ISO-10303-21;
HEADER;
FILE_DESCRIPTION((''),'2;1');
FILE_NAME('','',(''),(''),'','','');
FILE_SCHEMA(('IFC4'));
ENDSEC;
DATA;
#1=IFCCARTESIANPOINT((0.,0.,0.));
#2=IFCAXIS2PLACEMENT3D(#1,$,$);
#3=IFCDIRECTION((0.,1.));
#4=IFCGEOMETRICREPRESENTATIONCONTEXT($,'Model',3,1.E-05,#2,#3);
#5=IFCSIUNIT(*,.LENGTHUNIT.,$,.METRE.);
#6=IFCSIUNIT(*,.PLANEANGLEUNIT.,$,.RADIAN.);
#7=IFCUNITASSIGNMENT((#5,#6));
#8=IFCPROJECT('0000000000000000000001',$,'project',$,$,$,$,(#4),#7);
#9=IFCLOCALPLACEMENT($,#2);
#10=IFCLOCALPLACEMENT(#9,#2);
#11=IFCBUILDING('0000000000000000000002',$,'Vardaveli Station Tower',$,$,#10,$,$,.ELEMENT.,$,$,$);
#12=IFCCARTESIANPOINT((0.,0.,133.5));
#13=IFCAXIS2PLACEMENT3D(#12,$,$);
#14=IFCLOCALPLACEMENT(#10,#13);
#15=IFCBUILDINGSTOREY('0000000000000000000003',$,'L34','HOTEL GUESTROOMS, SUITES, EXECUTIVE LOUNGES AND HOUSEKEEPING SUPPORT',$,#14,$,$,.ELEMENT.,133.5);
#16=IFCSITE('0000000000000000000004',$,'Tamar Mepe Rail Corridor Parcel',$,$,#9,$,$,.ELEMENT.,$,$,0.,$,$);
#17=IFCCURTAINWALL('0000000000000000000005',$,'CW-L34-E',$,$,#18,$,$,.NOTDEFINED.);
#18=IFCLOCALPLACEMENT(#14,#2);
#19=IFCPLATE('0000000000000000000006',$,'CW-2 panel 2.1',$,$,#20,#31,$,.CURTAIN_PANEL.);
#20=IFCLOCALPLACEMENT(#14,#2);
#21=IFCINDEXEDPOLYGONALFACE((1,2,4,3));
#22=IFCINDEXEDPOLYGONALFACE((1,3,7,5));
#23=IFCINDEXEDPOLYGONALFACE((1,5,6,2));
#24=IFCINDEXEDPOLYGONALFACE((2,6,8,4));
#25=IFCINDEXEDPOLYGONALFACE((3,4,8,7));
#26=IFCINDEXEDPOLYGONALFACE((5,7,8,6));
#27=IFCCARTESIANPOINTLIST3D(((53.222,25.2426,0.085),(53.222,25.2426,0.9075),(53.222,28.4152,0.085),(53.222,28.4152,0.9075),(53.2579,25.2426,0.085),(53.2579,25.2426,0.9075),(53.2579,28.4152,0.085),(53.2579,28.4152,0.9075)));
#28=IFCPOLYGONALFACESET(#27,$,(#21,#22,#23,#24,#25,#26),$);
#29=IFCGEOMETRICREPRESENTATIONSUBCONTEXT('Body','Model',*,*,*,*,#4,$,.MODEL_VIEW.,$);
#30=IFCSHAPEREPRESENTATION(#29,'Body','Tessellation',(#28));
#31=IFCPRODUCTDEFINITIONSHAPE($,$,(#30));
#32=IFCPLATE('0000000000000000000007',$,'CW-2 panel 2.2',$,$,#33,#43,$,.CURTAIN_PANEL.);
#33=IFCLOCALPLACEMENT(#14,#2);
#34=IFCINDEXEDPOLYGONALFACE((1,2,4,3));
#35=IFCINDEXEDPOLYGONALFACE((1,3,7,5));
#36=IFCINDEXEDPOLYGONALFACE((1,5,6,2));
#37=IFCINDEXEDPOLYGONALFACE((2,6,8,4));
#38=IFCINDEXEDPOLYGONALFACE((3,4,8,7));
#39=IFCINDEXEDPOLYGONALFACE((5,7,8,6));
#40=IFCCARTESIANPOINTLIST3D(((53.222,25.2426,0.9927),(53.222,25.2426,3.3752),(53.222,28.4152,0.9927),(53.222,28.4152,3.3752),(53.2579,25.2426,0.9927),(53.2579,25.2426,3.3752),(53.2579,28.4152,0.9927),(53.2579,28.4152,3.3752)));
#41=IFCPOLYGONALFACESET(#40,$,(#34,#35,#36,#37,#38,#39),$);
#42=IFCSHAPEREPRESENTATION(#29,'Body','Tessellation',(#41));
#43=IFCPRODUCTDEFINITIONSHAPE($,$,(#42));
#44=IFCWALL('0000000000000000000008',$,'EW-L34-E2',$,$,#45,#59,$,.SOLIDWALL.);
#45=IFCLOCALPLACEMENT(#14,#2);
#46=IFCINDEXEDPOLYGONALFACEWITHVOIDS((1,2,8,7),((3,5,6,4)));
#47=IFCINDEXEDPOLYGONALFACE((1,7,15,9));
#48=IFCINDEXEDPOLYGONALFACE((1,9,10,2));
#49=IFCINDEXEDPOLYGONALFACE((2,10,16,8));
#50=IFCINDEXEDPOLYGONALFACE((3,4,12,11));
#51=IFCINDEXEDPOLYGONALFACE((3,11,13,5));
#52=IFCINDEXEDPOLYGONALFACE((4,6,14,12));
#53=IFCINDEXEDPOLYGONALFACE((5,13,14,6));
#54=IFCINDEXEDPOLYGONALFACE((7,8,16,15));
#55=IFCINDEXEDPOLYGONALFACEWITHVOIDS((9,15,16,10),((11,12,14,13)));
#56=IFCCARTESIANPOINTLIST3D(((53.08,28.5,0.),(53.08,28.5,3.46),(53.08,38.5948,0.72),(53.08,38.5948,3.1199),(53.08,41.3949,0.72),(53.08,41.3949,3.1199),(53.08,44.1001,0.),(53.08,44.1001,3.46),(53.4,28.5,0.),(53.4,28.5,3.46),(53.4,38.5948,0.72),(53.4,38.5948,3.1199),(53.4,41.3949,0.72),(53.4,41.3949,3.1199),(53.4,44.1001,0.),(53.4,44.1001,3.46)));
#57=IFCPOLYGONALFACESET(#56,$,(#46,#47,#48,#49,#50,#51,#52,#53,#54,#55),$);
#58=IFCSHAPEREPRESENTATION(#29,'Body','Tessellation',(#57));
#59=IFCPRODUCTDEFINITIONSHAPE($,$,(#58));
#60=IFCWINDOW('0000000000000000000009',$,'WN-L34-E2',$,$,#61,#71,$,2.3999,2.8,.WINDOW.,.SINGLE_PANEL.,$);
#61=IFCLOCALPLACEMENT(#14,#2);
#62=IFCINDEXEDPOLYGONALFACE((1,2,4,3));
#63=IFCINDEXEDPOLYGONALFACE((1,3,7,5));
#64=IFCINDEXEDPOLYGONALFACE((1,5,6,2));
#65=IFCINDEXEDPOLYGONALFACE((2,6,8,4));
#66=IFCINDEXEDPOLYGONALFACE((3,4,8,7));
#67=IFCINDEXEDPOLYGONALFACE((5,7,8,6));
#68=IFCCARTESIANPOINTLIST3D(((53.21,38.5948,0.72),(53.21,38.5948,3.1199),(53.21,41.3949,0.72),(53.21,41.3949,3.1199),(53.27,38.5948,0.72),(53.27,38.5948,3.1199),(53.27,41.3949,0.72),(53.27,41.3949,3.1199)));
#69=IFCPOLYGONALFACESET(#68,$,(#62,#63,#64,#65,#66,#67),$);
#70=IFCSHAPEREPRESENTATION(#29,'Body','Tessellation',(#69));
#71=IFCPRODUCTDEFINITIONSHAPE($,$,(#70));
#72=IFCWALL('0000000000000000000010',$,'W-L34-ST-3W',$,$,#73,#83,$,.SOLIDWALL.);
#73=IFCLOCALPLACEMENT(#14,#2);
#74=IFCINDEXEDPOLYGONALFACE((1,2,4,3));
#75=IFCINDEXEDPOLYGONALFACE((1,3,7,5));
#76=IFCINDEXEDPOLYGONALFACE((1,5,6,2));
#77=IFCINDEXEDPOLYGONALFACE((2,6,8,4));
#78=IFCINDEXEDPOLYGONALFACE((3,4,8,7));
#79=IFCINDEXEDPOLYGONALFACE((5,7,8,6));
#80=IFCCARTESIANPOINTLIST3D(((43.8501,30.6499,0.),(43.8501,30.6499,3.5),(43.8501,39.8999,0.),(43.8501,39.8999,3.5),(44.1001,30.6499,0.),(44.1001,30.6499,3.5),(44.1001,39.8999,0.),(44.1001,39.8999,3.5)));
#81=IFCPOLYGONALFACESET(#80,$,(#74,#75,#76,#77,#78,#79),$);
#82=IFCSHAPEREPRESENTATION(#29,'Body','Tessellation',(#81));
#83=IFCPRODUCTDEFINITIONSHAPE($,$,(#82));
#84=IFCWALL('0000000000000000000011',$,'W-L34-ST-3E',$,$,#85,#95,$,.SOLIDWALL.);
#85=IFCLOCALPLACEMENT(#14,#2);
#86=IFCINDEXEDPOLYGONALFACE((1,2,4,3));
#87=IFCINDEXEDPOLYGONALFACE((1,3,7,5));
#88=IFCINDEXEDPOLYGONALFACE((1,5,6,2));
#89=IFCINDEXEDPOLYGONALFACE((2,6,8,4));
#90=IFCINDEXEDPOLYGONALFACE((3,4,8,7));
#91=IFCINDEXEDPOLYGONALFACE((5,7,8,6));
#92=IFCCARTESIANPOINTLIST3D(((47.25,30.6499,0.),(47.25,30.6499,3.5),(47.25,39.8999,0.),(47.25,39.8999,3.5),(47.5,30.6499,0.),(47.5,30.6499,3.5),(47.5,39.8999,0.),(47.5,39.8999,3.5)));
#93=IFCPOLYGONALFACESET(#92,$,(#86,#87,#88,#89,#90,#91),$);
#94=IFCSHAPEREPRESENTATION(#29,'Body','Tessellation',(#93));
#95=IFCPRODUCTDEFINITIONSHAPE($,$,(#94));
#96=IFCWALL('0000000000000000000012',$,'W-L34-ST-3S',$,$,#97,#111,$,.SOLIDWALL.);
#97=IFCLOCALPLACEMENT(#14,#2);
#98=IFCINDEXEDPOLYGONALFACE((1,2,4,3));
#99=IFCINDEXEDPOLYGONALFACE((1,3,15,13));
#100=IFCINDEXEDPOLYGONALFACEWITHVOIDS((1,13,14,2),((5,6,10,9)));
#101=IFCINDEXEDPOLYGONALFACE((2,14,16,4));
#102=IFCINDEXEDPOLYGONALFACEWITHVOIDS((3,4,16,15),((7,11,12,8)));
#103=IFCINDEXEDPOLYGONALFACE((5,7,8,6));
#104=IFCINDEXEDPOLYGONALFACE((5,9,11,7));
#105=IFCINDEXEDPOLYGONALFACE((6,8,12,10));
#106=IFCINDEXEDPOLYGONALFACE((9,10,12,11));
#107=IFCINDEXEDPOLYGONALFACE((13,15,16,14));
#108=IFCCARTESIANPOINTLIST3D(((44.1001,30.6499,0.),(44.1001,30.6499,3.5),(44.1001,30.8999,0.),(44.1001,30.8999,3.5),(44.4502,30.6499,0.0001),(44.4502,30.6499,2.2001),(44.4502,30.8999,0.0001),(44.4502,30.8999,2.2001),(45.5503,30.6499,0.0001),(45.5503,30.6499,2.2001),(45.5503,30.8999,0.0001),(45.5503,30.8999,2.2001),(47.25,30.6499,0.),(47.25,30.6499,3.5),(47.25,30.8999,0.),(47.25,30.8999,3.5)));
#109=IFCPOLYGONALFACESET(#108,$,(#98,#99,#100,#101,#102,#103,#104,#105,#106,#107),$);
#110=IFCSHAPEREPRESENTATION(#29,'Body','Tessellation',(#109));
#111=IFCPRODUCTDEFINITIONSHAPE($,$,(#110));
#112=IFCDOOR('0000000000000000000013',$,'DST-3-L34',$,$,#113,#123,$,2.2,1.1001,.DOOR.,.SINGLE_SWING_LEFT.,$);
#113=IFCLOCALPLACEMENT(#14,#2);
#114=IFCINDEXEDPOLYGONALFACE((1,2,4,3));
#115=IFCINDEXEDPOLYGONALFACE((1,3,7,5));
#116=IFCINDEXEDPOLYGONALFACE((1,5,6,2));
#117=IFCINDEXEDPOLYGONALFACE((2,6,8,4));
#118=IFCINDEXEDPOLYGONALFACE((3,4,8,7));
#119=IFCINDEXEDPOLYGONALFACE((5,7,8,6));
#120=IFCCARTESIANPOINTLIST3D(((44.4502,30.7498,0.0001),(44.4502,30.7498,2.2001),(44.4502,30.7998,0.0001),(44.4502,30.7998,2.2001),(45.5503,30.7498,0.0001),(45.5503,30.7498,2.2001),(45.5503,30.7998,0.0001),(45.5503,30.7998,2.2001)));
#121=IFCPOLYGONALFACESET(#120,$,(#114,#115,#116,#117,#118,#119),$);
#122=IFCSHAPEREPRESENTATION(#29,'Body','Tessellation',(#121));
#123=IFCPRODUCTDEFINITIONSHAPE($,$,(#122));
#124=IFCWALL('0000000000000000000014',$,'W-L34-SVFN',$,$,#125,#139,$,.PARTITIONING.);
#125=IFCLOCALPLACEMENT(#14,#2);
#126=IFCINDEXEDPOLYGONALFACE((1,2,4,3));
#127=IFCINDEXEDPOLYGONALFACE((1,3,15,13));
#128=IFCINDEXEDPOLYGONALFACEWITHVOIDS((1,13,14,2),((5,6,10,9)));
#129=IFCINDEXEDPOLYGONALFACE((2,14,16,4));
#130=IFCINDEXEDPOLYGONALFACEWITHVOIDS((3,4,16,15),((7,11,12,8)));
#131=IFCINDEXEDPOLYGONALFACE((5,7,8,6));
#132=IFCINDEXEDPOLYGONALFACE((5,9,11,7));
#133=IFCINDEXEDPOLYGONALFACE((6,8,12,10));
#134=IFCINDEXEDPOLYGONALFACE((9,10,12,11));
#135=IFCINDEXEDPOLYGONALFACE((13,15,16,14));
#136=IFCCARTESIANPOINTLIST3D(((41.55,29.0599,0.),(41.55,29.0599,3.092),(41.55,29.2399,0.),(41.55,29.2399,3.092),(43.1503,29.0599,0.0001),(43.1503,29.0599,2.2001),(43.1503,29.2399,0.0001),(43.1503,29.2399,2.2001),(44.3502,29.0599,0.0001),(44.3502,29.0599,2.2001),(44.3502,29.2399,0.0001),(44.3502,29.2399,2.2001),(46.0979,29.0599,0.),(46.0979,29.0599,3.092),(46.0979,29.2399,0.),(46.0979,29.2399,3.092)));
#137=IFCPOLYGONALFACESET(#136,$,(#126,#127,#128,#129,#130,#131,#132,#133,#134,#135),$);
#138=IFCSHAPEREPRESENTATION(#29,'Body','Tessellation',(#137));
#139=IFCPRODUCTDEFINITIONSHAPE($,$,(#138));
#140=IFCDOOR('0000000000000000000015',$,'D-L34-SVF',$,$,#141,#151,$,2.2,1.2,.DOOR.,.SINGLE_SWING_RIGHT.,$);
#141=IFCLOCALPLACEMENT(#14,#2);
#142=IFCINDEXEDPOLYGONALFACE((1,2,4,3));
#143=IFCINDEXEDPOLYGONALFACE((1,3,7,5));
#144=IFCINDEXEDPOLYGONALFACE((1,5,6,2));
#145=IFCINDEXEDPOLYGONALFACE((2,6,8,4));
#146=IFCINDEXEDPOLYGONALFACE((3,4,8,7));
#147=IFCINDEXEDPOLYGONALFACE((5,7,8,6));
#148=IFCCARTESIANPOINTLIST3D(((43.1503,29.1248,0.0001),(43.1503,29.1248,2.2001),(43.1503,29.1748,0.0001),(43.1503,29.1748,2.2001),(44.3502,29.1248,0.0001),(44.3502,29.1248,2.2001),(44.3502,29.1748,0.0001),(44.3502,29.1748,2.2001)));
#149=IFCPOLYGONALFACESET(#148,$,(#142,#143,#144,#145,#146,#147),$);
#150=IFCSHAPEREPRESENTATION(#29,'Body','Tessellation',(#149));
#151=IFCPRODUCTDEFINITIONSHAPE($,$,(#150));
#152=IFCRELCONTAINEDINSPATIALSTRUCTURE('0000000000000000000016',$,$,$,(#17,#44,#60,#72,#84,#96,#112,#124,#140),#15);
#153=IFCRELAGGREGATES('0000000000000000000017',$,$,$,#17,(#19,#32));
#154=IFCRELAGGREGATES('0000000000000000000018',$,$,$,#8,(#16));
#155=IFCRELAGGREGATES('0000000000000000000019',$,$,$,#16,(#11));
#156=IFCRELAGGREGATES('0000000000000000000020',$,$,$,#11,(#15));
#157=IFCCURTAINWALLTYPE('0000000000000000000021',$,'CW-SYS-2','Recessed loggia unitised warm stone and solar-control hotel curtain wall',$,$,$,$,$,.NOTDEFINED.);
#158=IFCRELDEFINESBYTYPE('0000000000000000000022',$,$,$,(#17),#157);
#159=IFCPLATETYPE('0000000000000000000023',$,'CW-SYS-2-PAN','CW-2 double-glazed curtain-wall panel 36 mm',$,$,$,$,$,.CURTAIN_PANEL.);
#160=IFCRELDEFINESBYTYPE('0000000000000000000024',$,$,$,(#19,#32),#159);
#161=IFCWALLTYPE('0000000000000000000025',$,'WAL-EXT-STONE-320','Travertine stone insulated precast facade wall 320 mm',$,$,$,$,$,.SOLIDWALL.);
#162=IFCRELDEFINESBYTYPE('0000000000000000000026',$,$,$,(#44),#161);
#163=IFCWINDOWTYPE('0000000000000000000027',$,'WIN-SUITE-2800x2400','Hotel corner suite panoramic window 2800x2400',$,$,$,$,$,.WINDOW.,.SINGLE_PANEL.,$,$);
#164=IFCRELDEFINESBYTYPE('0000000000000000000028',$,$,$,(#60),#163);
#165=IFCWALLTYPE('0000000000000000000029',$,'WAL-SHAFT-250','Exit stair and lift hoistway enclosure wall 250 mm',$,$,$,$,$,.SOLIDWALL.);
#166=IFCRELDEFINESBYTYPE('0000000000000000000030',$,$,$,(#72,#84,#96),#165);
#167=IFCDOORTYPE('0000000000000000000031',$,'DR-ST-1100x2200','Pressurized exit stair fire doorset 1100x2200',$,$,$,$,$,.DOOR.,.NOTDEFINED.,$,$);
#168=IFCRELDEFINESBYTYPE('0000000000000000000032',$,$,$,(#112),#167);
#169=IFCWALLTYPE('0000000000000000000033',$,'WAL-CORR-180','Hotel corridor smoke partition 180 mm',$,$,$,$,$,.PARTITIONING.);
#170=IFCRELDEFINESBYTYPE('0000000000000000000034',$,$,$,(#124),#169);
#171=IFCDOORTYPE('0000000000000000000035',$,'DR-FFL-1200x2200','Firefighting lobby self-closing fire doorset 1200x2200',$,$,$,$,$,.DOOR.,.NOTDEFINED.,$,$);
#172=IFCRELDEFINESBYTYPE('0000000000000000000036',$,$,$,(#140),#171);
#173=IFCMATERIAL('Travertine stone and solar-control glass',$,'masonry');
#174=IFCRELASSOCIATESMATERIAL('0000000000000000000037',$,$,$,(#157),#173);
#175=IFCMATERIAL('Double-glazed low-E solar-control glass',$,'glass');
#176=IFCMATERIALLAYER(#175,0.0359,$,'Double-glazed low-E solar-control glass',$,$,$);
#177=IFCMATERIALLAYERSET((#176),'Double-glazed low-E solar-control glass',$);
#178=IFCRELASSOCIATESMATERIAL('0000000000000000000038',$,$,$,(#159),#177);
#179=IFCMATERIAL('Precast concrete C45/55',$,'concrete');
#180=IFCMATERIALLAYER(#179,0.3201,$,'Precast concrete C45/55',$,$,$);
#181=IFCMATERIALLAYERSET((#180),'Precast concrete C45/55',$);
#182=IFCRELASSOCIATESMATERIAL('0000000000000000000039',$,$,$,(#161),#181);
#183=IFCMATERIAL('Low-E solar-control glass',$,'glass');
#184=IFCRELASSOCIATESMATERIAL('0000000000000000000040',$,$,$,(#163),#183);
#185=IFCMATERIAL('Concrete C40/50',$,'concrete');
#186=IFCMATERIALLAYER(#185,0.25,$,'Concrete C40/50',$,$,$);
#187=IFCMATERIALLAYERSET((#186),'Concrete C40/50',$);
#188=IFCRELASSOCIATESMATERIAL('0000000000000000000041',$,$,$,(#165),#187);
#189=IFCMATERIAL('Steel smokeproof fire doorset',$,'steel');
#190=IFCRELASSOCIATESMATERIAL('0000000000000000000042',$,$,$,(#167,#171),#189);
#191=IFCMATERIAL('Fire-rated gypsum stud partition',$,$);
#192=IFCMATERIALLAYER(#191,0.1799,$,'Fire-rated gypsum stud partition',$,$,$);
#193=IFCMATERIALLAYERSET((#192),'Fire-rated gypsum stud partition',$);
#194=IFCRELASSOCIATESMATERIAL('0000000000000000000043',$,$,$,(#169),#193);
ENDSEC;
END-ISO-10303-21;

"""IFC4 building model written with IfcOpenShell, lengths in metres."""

from ifc_helpers import new_model, si_unit, direction, frame, frame_2d, origin, origin_2d, place, context, subcontext, project, spatial, rectangle, extrude, source, transform, mapped, material, layer, layer_set, type_object, element, fill, aggregate, save


model = new_model("IFC4")

# Units and contexts
model_context = context("Model", 3, precision=1e-05, world=origin(), true_north=direction((0.0, 1.0)))
body_context = subcontext(model_context, "Body", "Model", "MODEL_VIEW")
ifc_project = project(units=[si_unit("LENGTHUNIT", "METRE"), si_unit("PLANEANGLEUNIT", "RADIAN")], contexts=[model_context])

# Site, building, storey
site_placement = place(None, origin())
site = spatial("IfcSite", under=ifc_project, at=site_placement, Name="Tamar Mepe Rail Corridor Parcel", CompositionType="ELEMENT", RefElevation=0.0)
building_placement = place(site_placement, origin())
building = spatial("IfcBuilding", under=site, at=building_placement, Name="Vardaveli Station Tower", CompositionType="ELEMENT")
storey_placement = place(building_placement, frame((0.0, 0.0, 133.5)))
storey = spatial("IfcBuildingStorey", under=building, at=storey_placement, Name="L34", Description="HOTEL GUESTROOMS, SUITES, EXECUTIVE LOUNGES AND HOUSEKEEPING SUPPORT", CompositionType="ELEMENT", Elevation=133.5)

# Shared definitions
ifc_material_1 = material(Name="Precast concrete C45/55", Category="concrete")

# Curtain wall, plates
ifc_material_2 = material(Name="Travertine stone and solar-control glass", Category="masonry")
curtain_wall_type = type_object("IfcCurtainWallType", Name="CW-SYS-2", Description="Recessed loggia unitised warm stone and solar-control hotel curtain wall", PredefinedType="NOTDEFINED", material=ifc_material_2)
curtain_wall_placement = place(storey_placement, origin())
curtain_wall = element("IfcCurtainWall", 1, at=curtain_wall_placement, inside=storey, type_object=curtain_wall_type, Name="CW-L34-E", PredefinedType="NOTDEFINED")
ifc_material_3 = material(Name="Double-glazed low-E solar-control glass", Category="glass")
ifc_layer_1 = layer(ifc_material_3, 0.0359, Name="Double-glazed low-E solar-control glass")
ifc_layer_set_1 = layer_set([ifc_layer_1], Name="Double-glazed low-E solar-control glass")
plate_type = type_object("IfcPlateType", Name="CW-SYS-2-PAN", Description="CW-2 double-glazed curtain-wall panel 36 mm", PredefinedType="CURTAIN_PANEL", material=ifc_layer_set_1)
shared_shape_1 = source(origin(), body_context, "Body", "SweptSolid", [
    extrude(rectangle(XDim=3.1726, YDim=0.0359, at=origin_2d()), origin(), (0.0, 0.0, 1.0), 0.8225),
])
plate_1_placement = place(storey_placement, frame((53.24, 26.8289, 0.085), z_axis=(0.0, 0.0, 1.0), x_axis=(0.0, 1.0, 0.0)))
plate_1 = element("IfcPlate", 2, at=plate_1_placement, type_object=plate_type, Name="CW-2 panel 2.1", PredefinedType="CURTAIN_PANEL", context=body_context, shape_type="MappedRepresentation", body=[
    mapped(shared_shape_1, transform((0.0, 0.0, 0.0), scale=1.0)),
])
shared_shape_2 = source(origin(), body_context, "Body", "SweptSolid", [
    extrude(rectangle(XDim=3.1726, YDim=0.0359, at=origin_2d()), origin(), (0.0, 0.0, 1.0), 2.3826),
])
plate_2_placement = place(storey_placement, frame((53.24, 26.8289, 0.9927), z_axis=(0.0, 0.0, 1.0), x_axis=(0.0, 1.0, 0.0)))
plate_2 = element("IfcPlate", 3, at=plate_2_placement, type_object=plate_type, Name="CW-2 panel 2.2", PredefinedType="CURTAIN_PANEL", context=body_context, shape_type="MappedRepresentation", body=[
    mapped(shared_shape_2, transform((0.0, 0.0, 0.0), scale=1.0)),
])
aggregate(curtain_wall, [plate_1, plate_2])

# Wall, opening, window
ifc_layer_2 = layer(ifc_material_1, 0.3201, Name="Precast concrete C45/55")
ifc_layer_set_2 = layer_set([ifc_layer_2], Name="Precast concrete C45/55")
wall_type_1 = type_object("IfcWallType", Name="WAL-EXT-STONE-320", Description="Travertine stone insulated precast facade wall 320 mm", PredefinedType="SOLIDWALL", material=ifc_layer_set_2)
shared_shape_3 = source(origin(), body_context, "Body", "SweptSolid", [
    extrude(rectangle(XDim=15.6001, YDim=0.3201, at=frame_2d((7.8, 0.0))), origin(), (0.0, 0.0, 1.0), 3.46),
])
wall_1_placement = place(storey_placement, frame((53.24, 28.5, 0.0), z_axis=(0.0, 0.0, 1.0), x_axis=(0.0, 1.0, 0.0)))
wall_1 = element("IfcWall", 4, at=wall_1_placement, inside=storey, type_object=wall_type_1, Name="EW-L34-E2", PredefinedType="SOLIDWALL", context=body_context, shape_type="MappedRepresentation", body=[
    mapped(shared_shape_3, transform((0.0, 0.0, 0.0), scale=1.0)),
])
shared_shape_4 = source(origin(), body_context, "Body", "SweptSolid", [
    extrude(rectangle(XDim=2.8, YDim=2.3999, at=frame_2d((1.3999, 1.2))), frame((0.0, 0.1699, 0.0), z_axis=(0.0, -1.0, 0.0), x_axis=(1.0, 0.0, 0.0)), (0.0, 0.0, 1.0), 0.3401),
])
opening_1_placement = place(wall_1_placement, frame((10.095, 0.0, 0.72)))
opening_1 = element("IfcOpeningElement", 5, at=opening_1_placement, cuts=wall_1, PredefinedType="OPENING", context=body_context, shape_type="MappedRepresentation", body=[
    mapped(shared_shape_4, transform((0.0, 0.0, 0.0), scale=1.0)),
])
ifc_material_4 = material(Name="Low-E solar-control glass", Category="glass")
window_type = type_object("IfcWindowType", Name="WIN-SUITE-2800x2400", Description="Hotel corner suite panoramic window 2800x2400", PartitioningType="SINGLE_PANEL", PredefinedType="WINDOW", material=ifc_material_4)
shared_shape_5 = source(origin(), body_context, "Body", "SweptSolid", [
    extrude(rectangle(XDim=2.8, YDim=2.3999, at=frame_2d((1.3999, 1.2))), frame((0.0, 0.03, 0.0), z_axis=(0.0, -1.0, 0.0), x_axis=(1.0, 0.0, 0.0)), (0.0, 0.0, 1.0), 0.0601),
])
window_placement = place(opening_1_placement, origin())
window = element("IfcWindow", 6, at=window_placement, inside=storey, type_object=window_type, Name="WN-L34-E2", OverallHeight=2.3999, OverallWidth=2.8, PartitioningType="SINGLE_PANEL", PredefinedType="WINDOW", context=body_context, shape_type="MappedRepresentation", body=[
    mapped(shared_shape_5, transform((0.0, 0.0, 0.0), scale=1.0)),
])
fill(opening_1, window)

# Walls
ifc_material_5 = material(Name="Concrete C40/50", Category="concrete")
ifc_layer_3 = layer(ifc_material_5, 0.25, Name="Concrete C40/50")
ifc_layer_set_3 = layer_set([ifc_layer_3], Name="Concrete C40/50")
wall_type_2 = type_object("IfcWallType", Name="WAL-SHAFT-250", Description="Exit stair and lift hoistway enclosure wall 250 mm", PredefinedType="SOLIDWALL", material=ifc_layer_set_3)
shared_shape_6 = source(origin(), body_context, "Body", "SweptSolid", [
    extrude(rectangle(XDim=9.25, YDim=0.25, at=frame_2d((4.625, 0.0))), origin(), (0.0, 0.0, 1.0), 3.5),
])
for number, where, z_axis, x_axis, name in (
    (7, (43.9751, 30.6499, 0.0), (0.0, 0.0, 1.0), (0.0, 1.0, 0.0), "W-L34-ST-3W"),
    (8, (47.375, 30.6499, 0.0), (0.0, 0.0, 1.0), (0.0, 1.0, 0.0), "W-L34-ST-3E"),
):
    element("IfcWall", number, at=place(storey_placement, frame(where, z_axis=z_axis, x_axis=x_axis)), inside=storey, type_object=wall_type_2, Name=name, PredefinedType="SOLIDWALL", context=body_context, shape_type="MappedRepresentation", body=[
        mapped(shared_shape_6, transform((0.0, 0.0, 0.0), scale=1.0)),
    ])

# Walls, openings, doors
shared_shape_7 = source(origin(), body_context, "Body", "SweptSolid", [
    extrude(rectangle(XDim=3.1499, YDim=0.25, at=frame_2d((1.575, 0.0))), origin(), (0.0, 0.0, 1.0), 3.5),
])
wall_2_placement = place(storey_placement, frame((44.1001, 30.7749, 0.0), z_axis=(0.0, 0.0, 1.0), x_axis=(1.0, 0.0, 0.0)))
wall_2 = element("IfcWall", 9, at=wall_2_placement, inside=storey, type_object=wall_type_2, Name="W-L34-ST-3S", PredefinedType="SOLIDWALL", context=body_context, shape_type="MappedRepresentation", body=[
    mapped(shared_shape_7, transform((0.0, 0.0, 0.0), scale=1.0)),
])
shared_shape_8 = source(origin(), body_context, "Body", "SweptSolid", [
    extrude(rectangle(XDim=1.1001, YDim=2.2, at=frame_2d((0.55, 1.1001))), frame((0.0, 0.135, 0.0), z_axis=(0.0, -1.0, 0.0), x_axis=(1.0, 0.0, 0.0)), (0.0, 0.0, 1.0), 0.27),
])
opening_2_placement = place(wall_2_placement, frame((0.3501, 0.0, 0.0)))
opening_2 = element("IfcOpeningElement", 10, at=opening_2_placement, cuts=wall_2, PredefinedType="OPENING", context=body_context, shape_type="MappedRepresentation", body=[
    mapped(shared_shape_8, transform((0.0, 0.0, 0.0), scale=1.0)),
])
ifc_material_6 = material(Name="Steel smokeproof fire doorset", Category="steel")
door_type_1 = type_object("IfcDoorType", Name="DR-ST-1100x2200", Description="Pressurized exit stair fire doorset 1100x2200", OperationType="NOTDEFINED", PredefinedType="DOOR", material=ifc_material_6)
shared_shape_9 = source(origin(), body_context, "Body", "SweptSolid", [
    extrude(rectangle(XDim=1.1001, YDim=2.2, at=frame_2d((0.55, 1.1001))), frame((0.0, 0.0249, 0.0), z_axis=(0.0, -1.0, 0.0), x_axis=(1.0, 0.0, 0.0)), (0.0, 0.0, 1.0), 0.05),
])
door_1_placement = place(opening_2_placement, origin())
door_1 = element("IfcDoor", 11, at=door_1_placement, inside=storey, type_object=door_type_1, Name="DST-3-L34", OperationType="SINGLE_SWING_LEFT", OverallHeight=2.2, OverallWidth=1.1001, PredefinedType="DOOR", context=body_context, shape_type="MappedRepresentation", body=[
    mapped(shared_shape_9, transform((0.0, 0.0, 0.0), scale=1.0)),
])
fill(opening_2, door_1)
ifc_material_7 = material(Name="Fire-rated gypsum stud partition")
ifc_layer_4 = layer(ifc_material_7, 0.1799, Name="Fire-rated gypsum stud partition")
ifc_layer_set_4 = layer_set([ifc_layer_4], Name="Fire-rated gypsum stud partition")
wall_type_3 = type_object("IfcWallType", Name="WAL-CORR-180", Description="Hotel corridor smoke partition 180 mm", PredefinedType="PARTITIONING", material=ifc_layer_set_4)
shared_shape_10 = source(origin(), body_context, "Body", "SweptSolid", [
    extrude(rectangle(XDim=4.5479, YDim=0.1799, at=frame_2d((2.2739, 0.0))), origin(), (0.0, 0.0, 1.0), 3.092),
])
wall_3_placement = place(storey_placement, frame((41.55, 29.1499, 0.0), z_axis=(0.0, 0.0, 1.0), x_axis=(1.0, 0.0, 0.0)))
wall_3 = element("IfcWall", 12, at=wall_3_placement, inside=storey, type_object=wall_type_3, Name="W-L34-SVFN", PredefinedType="PARTITIONING", context=body_context, shape_type="MappedRepresentation", body=[
    mapped(shared_shape_10, transform((0.0, 0.0, 0.0), scale=1.0)),
])
shared_shape_11 = source(origin(), body_context, "Body", "SweptSolid", [
    extrude(rectangle(XDim=1.2, YDim=2.2, at=frame_2d((0.6001, 1.1001))), frame((0.0, 0.1001, 0.0), z_axis=(0.0, -1.0, 0.0), x_axis=(1.0, 0.0, 0.0)), (0.0, 0.0, 1.0), 0.2),
])
opening_3_placement = place(wall_3_placement, frame((1.6001, 0.0, 0.0)))
opening_3 = element("IfcOpeningElement", 13, at=opening_3_placement, cuts=wall_3, PredefinedType="OPENING", context=body_context, shape_type="MappedRepresentation", body=[
    mapped(shared_shape_11, transform((0.0, 0.0, 0.0), scale=1.0)),
])
door_type_2 = type_object("IfcDoorType", Name="DR-FFL-1200x2200", Description="Firefighting lobby self-closing fire doorset 1200x2200", OperationType="NOTDEFINED", PredefinedType="DOOR", material=ifc_material_6)
shared_shape_12 = source(origin(), body_context, "Body", "SweptSolid", [
    extrude(rectangle(XDim=1.2, YDim=2.2, at=frame_2d((0.6001, 1.1001))), frame((0.0, 0.0249, 0.0), z_axis=(0.0, -1.0, 0.0), x_axis=(1.0, 0.0, 0.0)), (0.0, 0.0, 1.0), 0.05),
])
door_2_placement = place(opening_3_placement, origin())
door_2 = element("IfcDoor", 14, at=door_2_placement, inside=storey, type_object=door_type_2, Name="D-L34-SVF", OperationType="SINGLE_SWING_RIGHT", OverallHeight=2.2, OverallWidth=1.2, PredefinedType="DOOR", context=body_context, shape_type="MappedRepresentation", body=[
    mapped(shared_shape_12, transform((0.0, 0.0, 0.0), scale=1.0)),
])
fill(opening_3, door_2)

save(model, "model.ifc")
